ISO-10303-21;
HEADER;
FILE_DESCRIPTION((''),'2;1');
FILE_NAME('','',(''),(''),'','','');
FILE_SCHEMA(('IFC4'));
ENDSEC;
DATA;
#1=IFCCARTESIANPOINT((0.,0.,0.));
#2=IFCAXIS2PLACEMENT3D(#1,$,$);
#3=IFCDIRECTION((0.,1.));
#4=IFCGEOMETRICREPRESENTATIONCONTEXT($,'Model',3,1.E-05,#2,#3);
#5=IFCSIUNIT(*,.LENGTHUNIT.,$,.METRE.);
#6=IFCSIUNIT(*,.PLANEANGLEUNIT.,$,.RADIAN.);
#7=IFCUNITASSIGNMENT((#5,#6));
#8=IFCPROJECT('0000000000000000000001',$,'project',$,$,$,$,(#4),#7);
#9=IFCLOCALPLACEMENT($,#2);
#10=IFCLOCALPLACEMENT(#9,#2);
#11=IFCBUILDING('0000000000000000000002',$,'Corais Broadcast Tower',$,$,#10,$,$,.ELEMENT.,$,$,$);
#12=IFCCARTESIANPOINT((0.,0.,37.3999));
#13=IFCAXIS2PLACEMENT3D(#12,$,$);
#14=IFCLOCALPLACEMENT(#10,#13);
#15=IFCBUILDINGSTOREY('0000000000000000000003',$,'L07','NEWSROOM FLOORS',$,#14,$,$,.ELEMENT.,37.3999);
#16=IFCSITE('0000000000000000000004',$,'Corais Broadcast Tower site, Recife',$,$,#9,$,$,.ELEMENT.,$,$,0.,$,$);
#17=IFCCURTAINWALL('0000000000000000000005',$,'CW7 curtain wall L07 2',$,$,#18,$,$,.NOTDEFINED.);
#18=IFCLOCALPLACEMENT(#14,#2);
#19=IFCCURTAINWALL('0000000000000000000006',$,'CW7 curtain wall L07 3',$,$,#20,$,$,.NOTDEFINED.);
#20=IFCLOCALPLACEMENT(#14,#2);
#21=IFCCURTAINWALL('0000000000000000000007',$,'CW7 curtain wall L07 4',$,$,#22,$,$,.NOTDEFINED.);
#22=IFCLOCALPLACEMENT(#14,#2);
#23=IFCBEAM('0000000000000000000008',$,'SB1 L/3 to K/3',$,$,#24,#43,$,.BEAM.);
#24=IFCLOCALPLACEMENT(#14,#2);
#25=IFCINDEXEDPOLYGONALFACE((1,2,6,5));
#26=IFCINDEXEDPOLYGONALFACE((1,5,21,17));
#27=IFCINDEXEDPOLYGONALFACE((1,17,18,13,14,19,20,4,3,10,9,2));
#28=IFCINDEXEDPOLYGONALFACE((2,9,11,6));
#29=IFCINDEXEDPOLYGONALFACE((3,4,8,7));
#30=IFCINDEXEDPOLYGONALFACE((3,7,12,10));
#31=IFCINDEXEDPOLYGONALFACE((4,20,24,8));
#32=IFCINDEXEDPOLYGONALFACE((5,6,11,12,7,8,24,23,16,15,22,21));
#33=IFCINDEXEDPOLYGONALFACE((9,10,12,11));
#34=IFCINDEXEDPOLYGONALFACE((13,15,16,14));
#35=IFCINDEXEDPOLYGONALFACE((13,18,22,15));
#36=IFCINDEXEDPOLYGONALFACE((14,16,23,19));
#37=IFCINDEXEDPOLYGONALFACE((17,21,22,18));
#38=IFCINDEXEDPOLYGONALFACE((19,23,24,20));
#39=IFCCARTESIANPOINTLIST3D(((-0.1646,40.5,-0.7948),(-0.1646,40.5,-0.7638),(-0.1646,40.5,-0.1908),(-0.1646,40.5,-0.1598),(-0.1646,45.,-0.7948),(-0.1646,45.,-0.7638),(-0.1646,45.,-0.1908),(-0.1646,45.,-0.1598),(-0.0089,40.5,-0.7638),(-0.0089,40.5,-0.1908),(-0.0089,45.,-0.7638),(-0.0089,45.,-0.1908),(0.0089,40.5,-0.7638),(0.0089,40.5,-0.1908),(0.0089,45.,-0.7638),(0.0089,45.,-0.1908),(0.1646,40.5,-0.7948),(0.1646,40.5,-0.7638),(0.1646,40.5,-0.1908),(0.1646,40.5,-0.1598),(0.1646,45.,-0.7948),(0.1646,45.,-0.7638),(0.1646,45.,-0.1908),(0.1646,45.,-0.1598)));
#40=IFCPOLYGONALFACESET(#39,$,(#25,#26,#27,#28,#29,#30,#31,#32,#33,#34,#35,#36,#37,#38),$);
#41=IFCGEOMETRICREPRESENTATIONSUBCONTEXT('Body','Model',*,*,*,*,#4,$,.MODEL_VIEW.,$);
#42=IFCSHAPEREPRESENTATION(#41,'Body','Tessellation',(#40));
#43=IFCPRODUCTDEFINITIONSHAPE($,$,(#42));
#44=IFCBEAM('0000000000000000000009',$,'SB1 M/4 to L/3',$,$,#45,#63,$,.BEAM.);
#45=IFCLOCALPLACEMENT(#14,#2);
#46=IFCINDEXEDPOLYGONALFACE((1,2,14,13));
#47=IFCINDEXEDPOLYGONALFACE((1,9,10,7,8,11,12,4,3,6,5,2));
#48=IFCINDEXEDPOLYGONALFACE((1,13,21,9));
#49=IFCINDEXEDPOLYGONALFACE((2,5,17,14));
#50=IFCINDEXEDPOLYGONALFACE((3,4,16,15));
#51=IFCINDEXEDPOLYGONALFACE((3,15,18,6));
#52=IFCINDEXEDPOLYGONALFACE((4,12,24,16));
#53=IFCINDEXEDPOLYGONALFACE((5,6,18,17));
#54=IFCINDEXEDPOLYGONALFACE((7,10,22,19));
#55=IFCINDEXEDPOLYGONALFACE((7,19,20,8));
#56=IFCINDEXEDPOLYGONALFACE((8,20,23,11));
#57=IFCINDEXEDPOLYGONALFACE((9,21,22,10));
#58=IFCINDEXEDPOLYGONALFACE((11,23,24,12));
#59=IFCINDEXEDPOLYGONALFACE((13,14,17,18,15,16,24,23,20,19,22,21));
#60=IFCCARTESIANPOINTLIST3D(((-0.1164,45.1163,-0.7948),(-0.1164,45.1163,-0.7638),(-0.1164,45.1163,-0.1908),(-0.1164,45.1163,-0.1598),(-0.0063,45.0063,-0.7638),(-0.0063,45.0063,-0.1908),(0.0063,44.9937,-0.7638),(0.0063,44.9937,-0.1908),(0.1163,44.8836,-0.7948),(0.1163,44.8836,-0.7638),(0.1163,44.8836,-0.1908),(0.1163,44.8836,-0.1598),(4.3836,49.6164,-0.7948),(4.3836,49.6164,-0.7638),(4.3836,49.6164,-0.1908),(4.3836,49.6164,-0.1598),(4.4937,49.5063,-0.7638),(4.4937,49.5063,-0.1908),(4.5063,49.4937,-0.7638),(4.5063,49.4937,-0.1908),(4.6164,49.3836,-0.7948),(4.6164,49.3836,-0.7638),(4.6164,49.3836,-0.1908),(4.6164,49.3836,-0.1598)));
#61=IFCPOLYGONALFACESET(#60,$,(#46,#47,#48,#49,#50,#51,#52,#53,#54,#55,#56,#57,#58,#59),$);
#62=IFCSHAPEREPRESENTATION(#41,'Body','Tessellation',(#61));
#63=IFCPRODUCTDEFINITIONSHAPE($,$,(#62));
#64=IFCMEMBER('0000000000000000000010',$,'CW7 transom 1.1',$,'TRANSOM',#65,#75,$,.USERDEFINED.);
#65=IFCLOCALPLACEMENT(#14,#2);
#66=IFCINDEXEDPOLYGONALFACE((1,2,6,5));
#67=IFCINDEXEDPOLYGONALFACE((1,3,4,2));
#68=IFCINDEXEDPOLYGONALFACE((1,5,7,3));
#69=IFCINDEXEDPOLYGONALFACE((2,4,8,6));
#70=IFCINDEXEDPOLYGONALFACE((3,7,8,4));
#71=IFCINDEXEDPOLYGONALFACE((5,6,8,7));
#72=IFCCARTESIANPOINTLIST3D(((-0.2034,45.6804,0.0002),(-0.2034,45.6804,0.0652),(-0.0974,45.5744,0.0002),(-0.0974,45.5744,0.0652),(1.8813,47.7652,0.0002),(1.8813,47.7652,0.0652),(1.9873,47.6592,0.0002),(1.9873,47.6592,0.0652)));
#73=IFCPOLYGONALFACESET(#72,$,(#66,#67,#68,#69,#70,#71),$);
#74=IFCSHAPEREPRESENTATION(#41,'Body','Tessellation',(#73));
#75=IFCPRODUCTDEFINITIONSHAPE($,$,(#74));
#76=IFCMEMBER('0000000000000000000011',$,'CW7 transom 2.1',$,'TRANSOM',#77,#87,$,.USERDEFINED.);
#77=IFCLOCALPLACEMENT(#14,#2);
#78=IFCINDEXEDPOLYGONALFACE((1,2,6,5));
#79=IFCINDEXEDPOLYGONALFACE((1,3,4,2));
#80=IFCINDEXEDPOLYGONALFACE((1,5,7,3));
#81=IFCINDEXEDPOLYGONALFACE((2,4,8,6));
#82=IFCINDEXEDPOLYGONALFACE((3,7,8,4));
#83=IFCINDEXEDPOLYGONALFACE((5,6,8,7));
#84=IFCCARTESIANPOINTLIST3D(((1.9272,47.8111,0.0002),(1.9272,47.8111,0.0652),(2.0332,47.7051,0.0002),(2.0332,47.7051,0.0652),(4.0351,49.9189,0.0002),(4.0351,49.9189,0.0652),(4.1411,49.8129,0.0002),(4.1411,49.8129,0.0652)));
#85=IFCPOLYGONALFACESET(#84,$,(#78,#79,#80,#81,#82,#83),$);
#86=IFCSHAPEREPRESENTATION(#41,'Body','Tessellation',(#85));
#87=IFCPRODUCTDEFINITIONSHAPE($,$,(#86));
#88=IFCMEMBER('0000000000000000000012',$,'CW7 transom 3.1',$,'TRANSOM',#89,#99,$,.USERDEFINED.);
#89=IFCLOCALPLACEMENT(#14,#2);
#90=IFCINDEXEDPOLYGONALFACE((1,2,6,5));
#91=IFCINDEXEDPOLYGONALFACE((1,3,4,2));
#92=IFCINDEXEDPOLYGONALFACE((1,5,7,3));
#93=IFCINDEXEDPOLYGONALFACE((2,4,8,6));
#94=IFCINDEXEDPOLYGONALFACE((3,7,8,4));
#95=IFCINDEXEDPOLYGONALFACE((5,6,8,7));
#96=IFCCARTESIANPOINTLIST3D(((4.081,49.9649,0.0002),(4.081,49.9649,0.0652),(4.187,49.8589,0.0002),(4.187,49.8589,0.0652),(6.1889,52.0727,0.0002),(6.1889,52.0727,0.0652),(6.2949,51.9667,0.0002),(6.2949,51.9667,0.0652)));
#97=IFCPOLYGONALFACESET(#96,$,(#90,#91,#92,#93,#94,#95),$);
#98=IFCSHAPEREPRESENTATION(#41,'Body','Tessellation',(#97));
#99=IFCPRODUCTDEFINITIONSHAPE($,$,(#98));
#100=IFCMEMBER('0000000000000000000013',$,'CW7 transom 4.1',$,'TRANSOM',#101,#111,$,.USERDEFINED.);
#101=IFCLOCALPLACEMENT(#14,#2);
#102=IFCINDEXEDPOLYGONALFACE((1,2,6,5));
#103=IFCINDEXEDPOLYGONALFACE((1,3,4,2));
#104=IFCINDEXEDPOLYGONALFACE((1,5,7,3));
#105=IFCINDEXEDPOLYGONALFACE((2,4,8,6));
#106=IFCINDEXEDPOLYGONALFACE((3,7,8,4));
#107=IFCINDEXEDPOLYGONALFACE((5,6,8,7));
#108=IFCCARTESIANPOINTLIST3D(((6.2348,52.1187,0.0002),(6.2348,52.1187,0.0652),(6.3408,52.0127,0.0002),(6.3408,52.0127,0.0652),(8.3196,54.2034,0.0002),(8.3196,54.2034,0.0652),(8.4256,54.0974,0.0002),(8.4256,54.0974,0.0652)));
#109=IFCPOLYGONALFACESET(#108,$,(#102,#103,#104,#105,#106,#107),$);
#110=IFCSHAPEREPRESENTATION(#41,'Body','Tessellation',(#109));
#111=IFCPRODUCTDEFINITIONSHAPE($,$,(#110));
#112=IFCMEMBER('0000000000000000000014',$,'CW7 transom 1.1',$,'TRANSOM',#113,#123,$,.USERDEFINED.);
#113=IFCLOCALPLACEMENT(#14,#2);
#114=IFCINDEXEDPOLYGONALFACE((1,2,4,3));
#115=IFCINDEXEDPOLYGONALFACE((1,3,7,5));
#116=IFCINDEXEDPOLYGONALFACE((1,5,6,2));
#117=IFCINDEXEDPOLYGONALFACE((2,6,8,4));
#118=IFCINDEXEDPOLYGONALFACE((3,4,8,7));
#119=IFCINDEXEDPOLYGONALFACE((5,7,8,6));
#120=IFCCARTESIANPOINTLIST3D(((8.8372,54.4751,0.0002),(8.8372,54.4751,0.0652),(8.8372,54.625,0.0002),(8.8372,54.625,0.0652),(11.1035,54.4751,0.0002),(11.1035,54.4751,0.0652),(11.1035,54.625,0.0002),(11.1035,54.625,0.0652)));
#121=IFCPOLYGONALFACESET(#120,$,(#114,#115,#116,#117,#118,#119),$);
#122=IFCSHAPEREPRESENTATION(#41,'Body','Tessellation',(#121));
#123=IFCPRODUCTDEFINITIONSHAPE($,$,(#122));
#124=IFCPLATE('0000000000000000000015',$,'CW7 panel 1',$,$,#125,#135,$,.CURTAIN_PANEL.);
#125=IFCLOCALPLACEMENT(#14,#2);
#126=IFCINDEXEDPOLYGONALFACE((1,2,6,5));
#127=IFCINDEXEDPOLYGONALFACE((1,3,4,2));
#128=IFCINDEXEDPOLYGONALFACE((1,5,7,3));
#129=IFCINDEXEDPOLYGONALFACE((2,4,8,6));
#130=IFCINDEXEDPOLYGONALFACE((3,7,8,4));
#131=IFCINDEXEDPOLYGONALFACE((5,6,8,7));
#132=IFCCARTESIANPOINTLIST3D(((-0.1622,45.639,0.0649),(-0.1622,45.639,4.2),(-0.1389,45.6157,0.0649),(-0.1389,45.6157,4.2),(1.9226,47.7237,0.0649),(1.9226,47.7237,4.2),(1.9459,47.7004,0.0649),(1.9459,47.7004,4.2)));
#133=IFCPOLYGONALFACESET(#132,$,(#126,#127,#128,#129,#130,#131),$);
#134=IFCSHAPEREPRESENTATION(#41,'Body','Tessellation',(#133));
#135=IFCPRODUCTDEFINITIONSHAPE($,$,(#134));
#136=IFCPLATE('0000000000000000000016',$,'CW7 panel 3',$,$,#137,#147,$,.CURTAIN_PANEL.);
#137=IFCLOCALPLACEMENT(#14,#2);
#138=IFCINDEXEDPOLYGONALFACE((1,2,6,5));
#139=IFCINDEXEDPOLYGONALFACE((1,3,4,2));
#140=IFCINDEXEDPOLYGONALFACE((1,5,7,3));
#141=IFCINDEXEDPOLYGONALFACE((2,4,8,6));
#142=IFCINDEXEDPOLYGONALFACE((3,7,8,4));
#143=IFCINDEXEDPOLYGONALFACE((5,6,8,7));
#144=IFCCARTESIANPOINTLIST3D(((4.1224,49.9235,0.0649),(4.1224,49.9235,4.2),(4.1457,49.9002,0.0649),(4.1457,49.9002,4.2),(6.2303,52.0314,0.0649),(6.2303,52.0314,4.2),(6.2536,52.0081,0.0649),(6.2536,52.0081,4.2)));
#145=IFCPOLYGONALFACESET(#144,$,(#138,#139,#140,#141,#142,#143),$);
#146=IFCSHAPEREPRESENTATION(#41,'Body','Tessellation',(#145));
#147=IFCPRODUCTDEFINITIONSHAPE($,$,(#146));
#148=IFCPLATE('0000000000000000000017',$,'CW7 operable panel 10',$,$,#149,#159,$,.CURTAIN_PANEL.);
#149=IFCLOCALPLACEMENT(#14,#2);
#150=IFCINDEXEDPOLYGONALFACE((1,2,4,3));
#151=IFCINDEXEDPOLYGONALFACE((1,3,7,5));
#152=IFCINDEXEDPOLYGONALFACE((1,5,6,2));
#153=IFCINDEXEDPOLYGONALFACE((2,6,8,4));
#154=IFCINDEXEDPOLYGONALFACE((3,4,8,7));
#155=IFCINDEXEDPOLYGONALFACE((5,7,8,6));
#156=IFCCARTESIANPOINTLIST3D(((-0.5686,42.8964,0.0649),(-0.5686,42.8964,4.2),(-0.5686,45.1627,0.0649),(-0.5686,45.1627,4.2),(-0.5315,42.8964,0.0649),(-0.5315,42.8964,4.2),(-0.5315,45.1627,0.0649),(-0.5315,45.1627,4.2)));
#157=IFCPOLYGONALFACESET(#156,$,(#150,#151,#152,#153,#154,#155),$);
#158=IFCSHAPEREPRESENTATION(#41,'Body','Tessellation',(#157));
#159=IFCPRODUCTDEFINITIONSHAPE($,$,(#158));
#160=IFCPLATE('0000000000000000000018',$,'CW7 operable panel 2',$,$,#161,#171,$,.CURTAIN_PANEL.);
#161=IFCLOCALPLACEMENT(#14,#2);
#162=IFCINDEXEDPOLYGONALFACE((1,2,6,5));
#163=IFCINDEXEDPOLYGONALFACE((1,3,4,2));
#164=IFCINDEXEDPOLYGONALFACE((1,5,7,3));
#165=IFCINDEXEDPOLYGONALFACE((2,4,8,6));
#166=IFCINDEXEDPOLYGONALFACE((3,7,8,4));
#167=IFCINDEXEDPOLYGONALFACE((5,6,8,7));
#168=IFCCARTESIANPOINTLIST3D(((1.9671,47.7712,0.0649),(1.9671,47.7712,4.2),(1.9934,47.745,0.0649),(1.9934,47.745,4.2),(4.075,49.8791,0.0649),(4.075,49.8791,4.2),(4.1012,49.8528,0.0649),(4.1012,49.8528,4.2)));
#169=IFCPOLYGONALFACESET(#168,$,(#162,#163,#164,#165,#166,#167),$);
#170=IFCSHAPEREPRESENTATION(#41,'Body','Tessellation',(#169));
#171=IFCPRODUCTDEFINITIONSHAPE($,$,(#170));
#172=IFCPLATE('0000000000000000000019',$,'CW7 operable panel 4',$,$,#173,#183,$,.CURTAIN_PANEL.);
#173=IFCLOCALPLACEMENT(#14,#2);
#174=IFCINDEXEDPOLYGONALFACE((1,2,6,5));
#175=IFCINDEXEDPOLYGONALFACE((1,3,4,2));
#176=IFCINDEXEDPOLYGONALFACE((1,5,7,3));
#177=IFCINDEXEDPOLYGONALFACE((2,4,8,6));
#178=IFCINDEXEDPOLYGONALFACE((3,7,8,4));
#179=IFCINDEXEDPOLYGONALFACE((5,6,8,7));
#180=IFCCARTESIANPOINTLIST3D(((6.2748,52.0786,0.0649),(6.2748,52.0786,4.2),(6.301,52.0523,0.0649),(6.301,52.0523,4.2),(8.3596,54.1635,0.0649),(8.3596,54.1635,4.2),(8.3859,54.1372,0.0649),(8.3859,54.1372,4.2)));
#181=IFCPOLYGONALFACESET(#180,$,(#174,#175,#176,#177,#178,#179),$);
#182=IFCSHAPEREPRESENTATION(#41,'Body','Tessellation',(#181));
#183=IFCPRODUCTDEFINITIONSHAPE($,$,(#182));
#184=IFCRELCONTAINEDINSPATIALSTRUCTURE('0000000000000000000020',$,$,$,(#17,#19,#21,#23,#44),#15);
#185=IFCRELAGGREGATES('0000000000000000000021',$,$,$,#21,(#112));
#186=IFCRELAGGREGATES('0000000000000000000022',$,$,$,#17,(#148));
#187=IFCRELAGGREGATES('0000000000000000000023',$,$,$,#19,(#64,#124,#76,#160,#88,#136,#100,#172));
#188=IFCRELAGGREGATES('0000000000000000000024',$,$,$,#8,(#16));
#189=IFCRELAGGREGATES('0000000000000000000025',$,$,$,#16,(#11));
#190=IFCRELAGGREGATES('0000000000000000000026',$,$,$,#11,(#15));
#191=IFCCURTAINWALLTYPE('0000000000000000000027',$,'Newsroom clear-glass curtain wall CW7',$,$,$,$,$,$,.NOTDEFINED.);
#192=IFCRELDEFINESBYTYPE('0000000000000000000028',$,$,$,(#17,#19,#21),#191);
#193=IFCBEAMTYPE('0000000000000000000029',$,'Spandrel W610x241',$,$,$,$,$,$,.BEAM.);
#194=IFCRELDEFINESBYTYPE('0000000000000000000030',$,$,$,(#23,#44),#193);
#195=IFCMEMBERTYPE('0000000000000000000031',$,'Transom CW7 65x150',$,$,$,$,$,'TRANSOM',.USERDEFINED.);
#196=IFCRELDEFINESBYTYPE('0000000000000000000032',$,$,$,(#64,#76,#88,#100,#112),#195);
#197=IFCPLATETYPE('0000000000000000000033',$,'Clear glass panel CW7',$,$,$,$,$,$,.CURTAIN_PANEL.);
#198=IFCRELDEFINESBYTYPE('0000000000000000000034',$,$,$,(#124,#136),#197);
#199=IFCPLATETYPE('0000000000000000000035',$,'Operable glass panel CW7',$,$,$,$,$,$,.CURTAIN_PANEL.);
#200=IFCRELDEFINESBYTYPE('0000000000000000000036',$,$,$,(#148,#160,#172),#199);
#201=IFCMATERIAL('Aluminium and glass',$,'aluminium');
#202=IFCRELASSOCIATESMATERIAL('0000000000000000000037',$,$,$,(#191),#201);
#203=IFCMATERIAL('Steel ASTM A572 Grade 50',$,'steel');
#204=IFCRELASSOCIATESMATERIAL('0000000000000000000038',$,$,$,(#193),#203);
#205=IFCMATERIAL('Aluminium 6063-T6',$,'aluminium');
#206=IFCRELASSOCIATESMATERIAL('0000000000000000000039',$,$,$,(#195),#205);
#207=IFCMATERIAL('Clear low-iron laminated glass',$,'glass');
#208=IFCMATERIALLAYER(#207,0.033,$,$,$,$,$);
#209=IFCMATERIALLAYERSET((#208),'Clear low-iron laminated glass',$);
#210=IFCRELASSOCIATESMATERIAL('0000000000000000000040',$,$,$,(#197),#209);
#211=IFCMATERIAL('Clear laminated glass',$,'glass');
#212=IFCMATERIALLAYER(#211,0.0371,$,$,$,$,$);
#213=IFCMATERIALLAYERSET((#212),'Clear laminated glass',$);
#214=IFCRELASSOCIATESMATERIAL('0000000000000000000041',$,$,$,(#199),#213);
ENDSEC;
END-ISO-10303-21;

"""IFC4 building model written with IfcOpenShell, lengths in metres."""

from ifc_helpers import new_model, si_unit, direction, frame, origin, origin_2d, place, context, subcontext, project, spatial, rectangle, i_section, extrude, material, layer, layer_set, material_profile, profile_set, type_object, element, aggregate, save


model = new_model("IFC4")

# Units and contexts
model_context = context("Model", 3, precision=1e-05, world=origin(), true_north=direction((0.0, 1.0)))
body_context = subcontext(model_context, "Body", "Model", "MODEL_VIEW")
ifc_project = project(units=[si_unit("LENGTHUNIT", "METRE"), si_unit("PLANEANGLEUNIT", "RADIAN")], contexts=[model_context])

# Site, building, storey
site_placement = place(None, origin())
site = spatial("IfcSite", under=ifc_project, at=site_placement, Name="Corais Broadcast Tower site, Recife", CompositionType="ELEMENT", RefElevation=0.0)
building_placement = place(site_placement, origin())
building = spatial("IfcBuilding", under=site, at=building_placement, Name="Corais Broadcast Tower", CompositionType="ELEMENT")
storey_placement = place(building_placement, frame((0.0, 0.0, 37.3999)))
storey = spatial("IfcBuildingStorey", under=building, at=storey_placement, Name="L07", Description="NEWSROOM FLOORS", CompositionType="ELEMENT", Elevation=37.3999)

# Curtain wall
ifc_material_1 = material(Name="Aluminium and glass", Category="aluminium")
curtain_wall_type = type_object("IfcCurtainWallType", Name="Newsroom clear-glass curtain wall CW7", PredefinedType="NOTDEFINED", material=ifc_material_1)
curtain_wall_1_placement = place(storey_placement, origin())
curtain_wall_1 = element("IfcCurtainWall", 1, at=curtain_wall_1_placement, inside=storey, type_object=curtain_wall_type, Name="CW7 curtain wall L07 2", PredefinedType="NOTDEFINED")

# Curtain wall
curtain_wall_2_placement = place(storey_placement, origin())
curtain_wall_2 = element("IfcCurtainWall", 2, at=curtain_wall_2_placement, inside=storey, type_object=curtain_wall_type, Name="CW7 curtain wall L07 3", PredefinedType="NOTDEFINED")

# Curtain wall
curtain_wall_3_placement = place(storey_placement, origin())
curtain_wall_3 = element("IfcCurtainWall", 3, at=curtain_wall_3_placement, inside=storey, type_object=curtain_wall_type, Name="CW7 curtain wall L07 4", PredefinedType="NOTDEFINED")

# Beams
ifc_material_2 = material(Name="Steel ASTM A572 Grade 50", Category="steel")
ifc_material_profile_1 = material_profile(ifc_material_2, i_section(OverallWidth=0.3291, OverallDepth=0.635, WebThickness=0.0178, FlangeThickness=0.031, at=origin_2d()), Name="W610x241")
ifc_profile_set_1 = profile_set([ifc_material_profile_1], Name="Steel ASTM A572 Grade 50")
beam_type_1 = type_object("IfcBeamType", Name="Spandrel W610x241", PredefinedType="BEAM", material=ifc_profile_set_1)
beam_1_placement = place(storey_placement, frame((0.0, 45.0, -0.4773), z_axis=(0.0, -1.0, 0.0), x_axis=(1.0, 0.0, 0.0)))
element("IfcBeam", 4, at=beam_1_placement, inside=storey, type_object=beam_type_1, Name="SB1 L/3 to K/3", PredefinedType="BEAM", context=body_context, shape_type="SweptSolid", body=[
    extrude(i_section(OverallWidth=0.3291, OverallDepth=0.635, WebThickness=0.0178, FlangeThickness=0.031, at=origin_2d()), origin(), (0.0, 0.0, 1.0), 4.5),
])
beam_2_placement = place(storey_placement, frame((4.5, 49.5, -0.4773), z_axis=(-0.707107, -0.707107, 0.0), x_axis=(0.707107, -0.707107, 0.0)))
element("IfcBeam", 5, at=beam_2_placement, inside=storey, type_object=beam_type_1, Name="SB1 M/4 to L/3", PredefinedType="BEAM", context=body_context, shape_type="SweptSolid", body=[
    extrude(i_section(OverallWidth=0.3291, OverallDepth=0.635, WebThickness=0.0178, FlangeThickness=0.031, at=origin_2d()), origin(), (0.0, 0.0, 1.0), 6.364),
])

# Members
ifc_material_3 = material(Name="Aluminium 6063-T6", Category="aluminium")
ifc_material_profile_2 = material_profile(ifc_material_3, rectangle(XDim=0.1499, YDim=0.0649, at=origin_2d()), Name="Transom CW7 65x150")
ifc_profile_set_2 = profile_set([ifc_material_profile_2], Name="Aluminium 6063-T6")
member_type_1 = type_object("IfcMemberType", Name="Transom CW7 65x150", ElementType="TRANSOM", PredefinedType="USERDEFINED", material=ifc_profile_set_2)
member_1_placement = place(storey_placement, frame((-0.1504, 45.6274, 0.0327), z_axis=(0.707107, 0.707107, 0.0), x_axis=(-0.707107, 0.707107, 0.0)))
member_1 = element("IfcMember", 6, at=member_1_placement, type_object=member_type_1, Name="CW7 transom 1.1", ObjectType="TRANSOM", PredefinedType="USERDEFINED", context=body_context, shape_type="SweptSolid", body=[
    extrude(rectangle(XDim=0.1499, YDim=0.0649, at=origin_2d()), origin(), (0.0, 0.0, 1.0), 2.9482),
])
member_2_placement = place(storey_placement, frame((1.9802, 47.7581, 0.0327), z_axis=(0.707107, 0.707107, 0.0), x_axis=(-0.707107, 0.707107, 0.0)))
member_2 = element("IfcMember", 7, at=member_2_placement, type_object=member_type_1, Name="CW7 transom 2.1", ObjectType="TRANSOM", PredefinedType="USERDEFINED", context=body_context, shape_type="SweptSolid", body=[
    extrude(rectangle(XDim=0.1499, YDim=0.0649, at=origin_2d()), origin(), (0.0, 0.0, 1.0), 2.981),
])
member_3_placement = place(storey_placement, frame((4.134, 49.9119, 0.0327), z_axis=(0.707107, 0.707107, 0.0), x_axis=(-0.707107, 0.707107, 0.0)))
member_3 = element("IfcMember", 8, at=member_3_placement, type_object=member_type_1, Name="CW7 transom 3.1", ObjectType="TRANSOM", PredefinedType="USERDEFINED", context=body_context, shape_type="SweptSolid", body=[
    extrude(rectangle(XDim=0.1499, YDim=0.0649, at=origin_2d()), origin(), (0.0, 0.0, 1.0), 2.981),
])
member_4_placement = place(storey_placement, frame((6.2878, 52.0657, 0.0327), z_axis=(0.707107, 0.707107, 0.0), x_axis=(-0.707107, 0.707107, 0.0)))
member_4 = element("IfcMember", 9, at=member_4_placement, type_object=member_type_1, Name="CW7 transom 4.1", ObjectType="TRANSOM", PredefinedType="USERDEFINED", context=body_context, shape_type="SweptSolid", body=[
    extrude(rectangle(XDim=0.1499, YDim=0.0649, at=origin_2d()), origin(), (0.0, 0.0, 1.0), 2.9482),
])
member_5_placement = place(storey_placement, frame((8.8372, 54.55, 0.0327), z_axis=(1.0, 0.0, 0.0), x_axis=(0.0, 1.0, 0.0)))
member_5 = element("IfcMember", 10, at=member_5_placement, type_object=member_type_1, Name="CW7 transom 1.1", ObjectType="TRANSOM", PredefinedType="USERDEFINED", context=body_context, shape_type="SweptSolid", body=[
    extrude(rectangle(XDim=0.1499, YDim=0.0649, at=origin_2d()), origin(), (0.0, 0.0, 1.0), 2.2664),
])
aggregate(curtain_wall_3, [member_5])

# Plates
ifc_material_4 = material(Name="Clear low-iron laminated glass", Category="glass")
ifc_layer_1 = layer(ifc_material_4, 0.033)
ifc_layer_set_1 = layer_set([ifc_layer_1], Name="Clear low-iron laminated glass")
plate_type_1 = type_object("IfcPlateType", Name="Clear glass panel CW7", PredefinedType="CURTAIN_PANEL", material=ifc_layer_set_1)
plate_1_placement = place(storey_placement, frame((0.8918, 46.6697, 0.0649), z_axis=(0.0, 0.0, 1.0), x_axis=(0.707107, 0.707107, 0.0)))
plate_1 = element("IfcPlate", 11, at=plate_1_placement, type_object=plate_type_1, Name="CW7 panel 1", PredefinedType="CURTAIN_PANEL", context=body_context, shape_type="SweptSolid", body=[
    extrude(rectangle(XDim=2.9482, YDim=0.033, at=origin_2d()), origin(), (0.0, 0.0, 1.0), 4.135),
])
plate_2_placement = place(storey_placement, frame((5.188, 50.9658, 0.0649), z_axis=(0.0, 0.0, 1.0), x_axis=(0.707107, 0.707107, 0.0)))
plate_2 = element("IfcPlate", 12, at=plate_2_placement, type_object=plate_type_1, Name="CW7 panel 3", PredefinedType="CURTAIN_PANEL", context=body_context, shape_type="SweptSolid", body=[
    extrude(rectangle(XDim=2.981, YDim=0.033, at=origin_2d()), origin(), (0.0, 0.0, 1.0), 4.135),
])
ifc_material_5 = material(Name="Clear laminated glass", Category="glass")
ifc_layer_2 = layer(ifc_material_5, 0.0371)
ifc_layer_set_2 = layer_set([ifc_layer_2], Name="Clear laminated glass")
plate_type_2 = type_object("IfcPlateType", Name="Operable glass panel CW7", PredefinedType="CURTAIN_PANEL", material=ifc_layer_set_2)
plate_3_placement = place(storey_placement, frame((-0.55, 44.0295, 0.0649), z_axis=(0.0, 0.0, 1.0), x_axis=(0.0, 1.0, 0.0)))
plate_3 = element("IfcPlate", 13, at=plate_3_placement, type_object=plate_type_2, Name="CW7 operable panel 10", PredefinedType="CURTAIN_PANEL", context=body_context, shape_type="SweptSolid", body=[
    extrude(rectangle(XDim=2.2664, YDim=0.0371, at=origin_2d()), origin(), (0.0, 0.0, 1.0), 4.135),
])
aggregate(curtain_wall_1, [plate_3])
plate_4_placement = place(storey_placement, frame((3.0342, 48.812, 0.0649), z_axis=(0.0, 0.0, 1.0), x_axis=(0.707107, 0.707107, 0.0)))
plate_4 = element("IfcPlate", 14, at=plate_4_placement, type_object=plate_type_2, Name="CW7 operable panel 2", PredefinedType="CURTAIN_PANEL", context=body_context, shape_type="SweptSolid", body=[
    extrude(rectangle(XDim=2.981, YDim=0.0371, at=origin_2d()), origin(), (0.0, 0.0, 1.0), 4.135),
])
plate_5_placement = place(storey_placement, frame((7.3303, 53.1079, 0.0649), z_axis=(0.0, 0.0, 1.0), x_axis=(0.707107, 0.707107, 0.0)))
plate_5 = element("IfcPlate", 15, at=plate_5_placement, type_object=plate_type_2, Name="CW7 operable panel 4", PredefinedType="CURTAIN_PANEL", context=body_context, shape_type="SweptSolid", body=[
    extrude(rectangle(XDim=2.9485, YDim=0.0371, at=origin_2d()), origin(), (0.0, 0.0, 1.0), 4.135),
])
aggregate(curtain_wall_2, [member_1, plate_1, member_2, plate_4, member_3, plate_2, member_4, plate_5])

save(model, "model.ifc")
